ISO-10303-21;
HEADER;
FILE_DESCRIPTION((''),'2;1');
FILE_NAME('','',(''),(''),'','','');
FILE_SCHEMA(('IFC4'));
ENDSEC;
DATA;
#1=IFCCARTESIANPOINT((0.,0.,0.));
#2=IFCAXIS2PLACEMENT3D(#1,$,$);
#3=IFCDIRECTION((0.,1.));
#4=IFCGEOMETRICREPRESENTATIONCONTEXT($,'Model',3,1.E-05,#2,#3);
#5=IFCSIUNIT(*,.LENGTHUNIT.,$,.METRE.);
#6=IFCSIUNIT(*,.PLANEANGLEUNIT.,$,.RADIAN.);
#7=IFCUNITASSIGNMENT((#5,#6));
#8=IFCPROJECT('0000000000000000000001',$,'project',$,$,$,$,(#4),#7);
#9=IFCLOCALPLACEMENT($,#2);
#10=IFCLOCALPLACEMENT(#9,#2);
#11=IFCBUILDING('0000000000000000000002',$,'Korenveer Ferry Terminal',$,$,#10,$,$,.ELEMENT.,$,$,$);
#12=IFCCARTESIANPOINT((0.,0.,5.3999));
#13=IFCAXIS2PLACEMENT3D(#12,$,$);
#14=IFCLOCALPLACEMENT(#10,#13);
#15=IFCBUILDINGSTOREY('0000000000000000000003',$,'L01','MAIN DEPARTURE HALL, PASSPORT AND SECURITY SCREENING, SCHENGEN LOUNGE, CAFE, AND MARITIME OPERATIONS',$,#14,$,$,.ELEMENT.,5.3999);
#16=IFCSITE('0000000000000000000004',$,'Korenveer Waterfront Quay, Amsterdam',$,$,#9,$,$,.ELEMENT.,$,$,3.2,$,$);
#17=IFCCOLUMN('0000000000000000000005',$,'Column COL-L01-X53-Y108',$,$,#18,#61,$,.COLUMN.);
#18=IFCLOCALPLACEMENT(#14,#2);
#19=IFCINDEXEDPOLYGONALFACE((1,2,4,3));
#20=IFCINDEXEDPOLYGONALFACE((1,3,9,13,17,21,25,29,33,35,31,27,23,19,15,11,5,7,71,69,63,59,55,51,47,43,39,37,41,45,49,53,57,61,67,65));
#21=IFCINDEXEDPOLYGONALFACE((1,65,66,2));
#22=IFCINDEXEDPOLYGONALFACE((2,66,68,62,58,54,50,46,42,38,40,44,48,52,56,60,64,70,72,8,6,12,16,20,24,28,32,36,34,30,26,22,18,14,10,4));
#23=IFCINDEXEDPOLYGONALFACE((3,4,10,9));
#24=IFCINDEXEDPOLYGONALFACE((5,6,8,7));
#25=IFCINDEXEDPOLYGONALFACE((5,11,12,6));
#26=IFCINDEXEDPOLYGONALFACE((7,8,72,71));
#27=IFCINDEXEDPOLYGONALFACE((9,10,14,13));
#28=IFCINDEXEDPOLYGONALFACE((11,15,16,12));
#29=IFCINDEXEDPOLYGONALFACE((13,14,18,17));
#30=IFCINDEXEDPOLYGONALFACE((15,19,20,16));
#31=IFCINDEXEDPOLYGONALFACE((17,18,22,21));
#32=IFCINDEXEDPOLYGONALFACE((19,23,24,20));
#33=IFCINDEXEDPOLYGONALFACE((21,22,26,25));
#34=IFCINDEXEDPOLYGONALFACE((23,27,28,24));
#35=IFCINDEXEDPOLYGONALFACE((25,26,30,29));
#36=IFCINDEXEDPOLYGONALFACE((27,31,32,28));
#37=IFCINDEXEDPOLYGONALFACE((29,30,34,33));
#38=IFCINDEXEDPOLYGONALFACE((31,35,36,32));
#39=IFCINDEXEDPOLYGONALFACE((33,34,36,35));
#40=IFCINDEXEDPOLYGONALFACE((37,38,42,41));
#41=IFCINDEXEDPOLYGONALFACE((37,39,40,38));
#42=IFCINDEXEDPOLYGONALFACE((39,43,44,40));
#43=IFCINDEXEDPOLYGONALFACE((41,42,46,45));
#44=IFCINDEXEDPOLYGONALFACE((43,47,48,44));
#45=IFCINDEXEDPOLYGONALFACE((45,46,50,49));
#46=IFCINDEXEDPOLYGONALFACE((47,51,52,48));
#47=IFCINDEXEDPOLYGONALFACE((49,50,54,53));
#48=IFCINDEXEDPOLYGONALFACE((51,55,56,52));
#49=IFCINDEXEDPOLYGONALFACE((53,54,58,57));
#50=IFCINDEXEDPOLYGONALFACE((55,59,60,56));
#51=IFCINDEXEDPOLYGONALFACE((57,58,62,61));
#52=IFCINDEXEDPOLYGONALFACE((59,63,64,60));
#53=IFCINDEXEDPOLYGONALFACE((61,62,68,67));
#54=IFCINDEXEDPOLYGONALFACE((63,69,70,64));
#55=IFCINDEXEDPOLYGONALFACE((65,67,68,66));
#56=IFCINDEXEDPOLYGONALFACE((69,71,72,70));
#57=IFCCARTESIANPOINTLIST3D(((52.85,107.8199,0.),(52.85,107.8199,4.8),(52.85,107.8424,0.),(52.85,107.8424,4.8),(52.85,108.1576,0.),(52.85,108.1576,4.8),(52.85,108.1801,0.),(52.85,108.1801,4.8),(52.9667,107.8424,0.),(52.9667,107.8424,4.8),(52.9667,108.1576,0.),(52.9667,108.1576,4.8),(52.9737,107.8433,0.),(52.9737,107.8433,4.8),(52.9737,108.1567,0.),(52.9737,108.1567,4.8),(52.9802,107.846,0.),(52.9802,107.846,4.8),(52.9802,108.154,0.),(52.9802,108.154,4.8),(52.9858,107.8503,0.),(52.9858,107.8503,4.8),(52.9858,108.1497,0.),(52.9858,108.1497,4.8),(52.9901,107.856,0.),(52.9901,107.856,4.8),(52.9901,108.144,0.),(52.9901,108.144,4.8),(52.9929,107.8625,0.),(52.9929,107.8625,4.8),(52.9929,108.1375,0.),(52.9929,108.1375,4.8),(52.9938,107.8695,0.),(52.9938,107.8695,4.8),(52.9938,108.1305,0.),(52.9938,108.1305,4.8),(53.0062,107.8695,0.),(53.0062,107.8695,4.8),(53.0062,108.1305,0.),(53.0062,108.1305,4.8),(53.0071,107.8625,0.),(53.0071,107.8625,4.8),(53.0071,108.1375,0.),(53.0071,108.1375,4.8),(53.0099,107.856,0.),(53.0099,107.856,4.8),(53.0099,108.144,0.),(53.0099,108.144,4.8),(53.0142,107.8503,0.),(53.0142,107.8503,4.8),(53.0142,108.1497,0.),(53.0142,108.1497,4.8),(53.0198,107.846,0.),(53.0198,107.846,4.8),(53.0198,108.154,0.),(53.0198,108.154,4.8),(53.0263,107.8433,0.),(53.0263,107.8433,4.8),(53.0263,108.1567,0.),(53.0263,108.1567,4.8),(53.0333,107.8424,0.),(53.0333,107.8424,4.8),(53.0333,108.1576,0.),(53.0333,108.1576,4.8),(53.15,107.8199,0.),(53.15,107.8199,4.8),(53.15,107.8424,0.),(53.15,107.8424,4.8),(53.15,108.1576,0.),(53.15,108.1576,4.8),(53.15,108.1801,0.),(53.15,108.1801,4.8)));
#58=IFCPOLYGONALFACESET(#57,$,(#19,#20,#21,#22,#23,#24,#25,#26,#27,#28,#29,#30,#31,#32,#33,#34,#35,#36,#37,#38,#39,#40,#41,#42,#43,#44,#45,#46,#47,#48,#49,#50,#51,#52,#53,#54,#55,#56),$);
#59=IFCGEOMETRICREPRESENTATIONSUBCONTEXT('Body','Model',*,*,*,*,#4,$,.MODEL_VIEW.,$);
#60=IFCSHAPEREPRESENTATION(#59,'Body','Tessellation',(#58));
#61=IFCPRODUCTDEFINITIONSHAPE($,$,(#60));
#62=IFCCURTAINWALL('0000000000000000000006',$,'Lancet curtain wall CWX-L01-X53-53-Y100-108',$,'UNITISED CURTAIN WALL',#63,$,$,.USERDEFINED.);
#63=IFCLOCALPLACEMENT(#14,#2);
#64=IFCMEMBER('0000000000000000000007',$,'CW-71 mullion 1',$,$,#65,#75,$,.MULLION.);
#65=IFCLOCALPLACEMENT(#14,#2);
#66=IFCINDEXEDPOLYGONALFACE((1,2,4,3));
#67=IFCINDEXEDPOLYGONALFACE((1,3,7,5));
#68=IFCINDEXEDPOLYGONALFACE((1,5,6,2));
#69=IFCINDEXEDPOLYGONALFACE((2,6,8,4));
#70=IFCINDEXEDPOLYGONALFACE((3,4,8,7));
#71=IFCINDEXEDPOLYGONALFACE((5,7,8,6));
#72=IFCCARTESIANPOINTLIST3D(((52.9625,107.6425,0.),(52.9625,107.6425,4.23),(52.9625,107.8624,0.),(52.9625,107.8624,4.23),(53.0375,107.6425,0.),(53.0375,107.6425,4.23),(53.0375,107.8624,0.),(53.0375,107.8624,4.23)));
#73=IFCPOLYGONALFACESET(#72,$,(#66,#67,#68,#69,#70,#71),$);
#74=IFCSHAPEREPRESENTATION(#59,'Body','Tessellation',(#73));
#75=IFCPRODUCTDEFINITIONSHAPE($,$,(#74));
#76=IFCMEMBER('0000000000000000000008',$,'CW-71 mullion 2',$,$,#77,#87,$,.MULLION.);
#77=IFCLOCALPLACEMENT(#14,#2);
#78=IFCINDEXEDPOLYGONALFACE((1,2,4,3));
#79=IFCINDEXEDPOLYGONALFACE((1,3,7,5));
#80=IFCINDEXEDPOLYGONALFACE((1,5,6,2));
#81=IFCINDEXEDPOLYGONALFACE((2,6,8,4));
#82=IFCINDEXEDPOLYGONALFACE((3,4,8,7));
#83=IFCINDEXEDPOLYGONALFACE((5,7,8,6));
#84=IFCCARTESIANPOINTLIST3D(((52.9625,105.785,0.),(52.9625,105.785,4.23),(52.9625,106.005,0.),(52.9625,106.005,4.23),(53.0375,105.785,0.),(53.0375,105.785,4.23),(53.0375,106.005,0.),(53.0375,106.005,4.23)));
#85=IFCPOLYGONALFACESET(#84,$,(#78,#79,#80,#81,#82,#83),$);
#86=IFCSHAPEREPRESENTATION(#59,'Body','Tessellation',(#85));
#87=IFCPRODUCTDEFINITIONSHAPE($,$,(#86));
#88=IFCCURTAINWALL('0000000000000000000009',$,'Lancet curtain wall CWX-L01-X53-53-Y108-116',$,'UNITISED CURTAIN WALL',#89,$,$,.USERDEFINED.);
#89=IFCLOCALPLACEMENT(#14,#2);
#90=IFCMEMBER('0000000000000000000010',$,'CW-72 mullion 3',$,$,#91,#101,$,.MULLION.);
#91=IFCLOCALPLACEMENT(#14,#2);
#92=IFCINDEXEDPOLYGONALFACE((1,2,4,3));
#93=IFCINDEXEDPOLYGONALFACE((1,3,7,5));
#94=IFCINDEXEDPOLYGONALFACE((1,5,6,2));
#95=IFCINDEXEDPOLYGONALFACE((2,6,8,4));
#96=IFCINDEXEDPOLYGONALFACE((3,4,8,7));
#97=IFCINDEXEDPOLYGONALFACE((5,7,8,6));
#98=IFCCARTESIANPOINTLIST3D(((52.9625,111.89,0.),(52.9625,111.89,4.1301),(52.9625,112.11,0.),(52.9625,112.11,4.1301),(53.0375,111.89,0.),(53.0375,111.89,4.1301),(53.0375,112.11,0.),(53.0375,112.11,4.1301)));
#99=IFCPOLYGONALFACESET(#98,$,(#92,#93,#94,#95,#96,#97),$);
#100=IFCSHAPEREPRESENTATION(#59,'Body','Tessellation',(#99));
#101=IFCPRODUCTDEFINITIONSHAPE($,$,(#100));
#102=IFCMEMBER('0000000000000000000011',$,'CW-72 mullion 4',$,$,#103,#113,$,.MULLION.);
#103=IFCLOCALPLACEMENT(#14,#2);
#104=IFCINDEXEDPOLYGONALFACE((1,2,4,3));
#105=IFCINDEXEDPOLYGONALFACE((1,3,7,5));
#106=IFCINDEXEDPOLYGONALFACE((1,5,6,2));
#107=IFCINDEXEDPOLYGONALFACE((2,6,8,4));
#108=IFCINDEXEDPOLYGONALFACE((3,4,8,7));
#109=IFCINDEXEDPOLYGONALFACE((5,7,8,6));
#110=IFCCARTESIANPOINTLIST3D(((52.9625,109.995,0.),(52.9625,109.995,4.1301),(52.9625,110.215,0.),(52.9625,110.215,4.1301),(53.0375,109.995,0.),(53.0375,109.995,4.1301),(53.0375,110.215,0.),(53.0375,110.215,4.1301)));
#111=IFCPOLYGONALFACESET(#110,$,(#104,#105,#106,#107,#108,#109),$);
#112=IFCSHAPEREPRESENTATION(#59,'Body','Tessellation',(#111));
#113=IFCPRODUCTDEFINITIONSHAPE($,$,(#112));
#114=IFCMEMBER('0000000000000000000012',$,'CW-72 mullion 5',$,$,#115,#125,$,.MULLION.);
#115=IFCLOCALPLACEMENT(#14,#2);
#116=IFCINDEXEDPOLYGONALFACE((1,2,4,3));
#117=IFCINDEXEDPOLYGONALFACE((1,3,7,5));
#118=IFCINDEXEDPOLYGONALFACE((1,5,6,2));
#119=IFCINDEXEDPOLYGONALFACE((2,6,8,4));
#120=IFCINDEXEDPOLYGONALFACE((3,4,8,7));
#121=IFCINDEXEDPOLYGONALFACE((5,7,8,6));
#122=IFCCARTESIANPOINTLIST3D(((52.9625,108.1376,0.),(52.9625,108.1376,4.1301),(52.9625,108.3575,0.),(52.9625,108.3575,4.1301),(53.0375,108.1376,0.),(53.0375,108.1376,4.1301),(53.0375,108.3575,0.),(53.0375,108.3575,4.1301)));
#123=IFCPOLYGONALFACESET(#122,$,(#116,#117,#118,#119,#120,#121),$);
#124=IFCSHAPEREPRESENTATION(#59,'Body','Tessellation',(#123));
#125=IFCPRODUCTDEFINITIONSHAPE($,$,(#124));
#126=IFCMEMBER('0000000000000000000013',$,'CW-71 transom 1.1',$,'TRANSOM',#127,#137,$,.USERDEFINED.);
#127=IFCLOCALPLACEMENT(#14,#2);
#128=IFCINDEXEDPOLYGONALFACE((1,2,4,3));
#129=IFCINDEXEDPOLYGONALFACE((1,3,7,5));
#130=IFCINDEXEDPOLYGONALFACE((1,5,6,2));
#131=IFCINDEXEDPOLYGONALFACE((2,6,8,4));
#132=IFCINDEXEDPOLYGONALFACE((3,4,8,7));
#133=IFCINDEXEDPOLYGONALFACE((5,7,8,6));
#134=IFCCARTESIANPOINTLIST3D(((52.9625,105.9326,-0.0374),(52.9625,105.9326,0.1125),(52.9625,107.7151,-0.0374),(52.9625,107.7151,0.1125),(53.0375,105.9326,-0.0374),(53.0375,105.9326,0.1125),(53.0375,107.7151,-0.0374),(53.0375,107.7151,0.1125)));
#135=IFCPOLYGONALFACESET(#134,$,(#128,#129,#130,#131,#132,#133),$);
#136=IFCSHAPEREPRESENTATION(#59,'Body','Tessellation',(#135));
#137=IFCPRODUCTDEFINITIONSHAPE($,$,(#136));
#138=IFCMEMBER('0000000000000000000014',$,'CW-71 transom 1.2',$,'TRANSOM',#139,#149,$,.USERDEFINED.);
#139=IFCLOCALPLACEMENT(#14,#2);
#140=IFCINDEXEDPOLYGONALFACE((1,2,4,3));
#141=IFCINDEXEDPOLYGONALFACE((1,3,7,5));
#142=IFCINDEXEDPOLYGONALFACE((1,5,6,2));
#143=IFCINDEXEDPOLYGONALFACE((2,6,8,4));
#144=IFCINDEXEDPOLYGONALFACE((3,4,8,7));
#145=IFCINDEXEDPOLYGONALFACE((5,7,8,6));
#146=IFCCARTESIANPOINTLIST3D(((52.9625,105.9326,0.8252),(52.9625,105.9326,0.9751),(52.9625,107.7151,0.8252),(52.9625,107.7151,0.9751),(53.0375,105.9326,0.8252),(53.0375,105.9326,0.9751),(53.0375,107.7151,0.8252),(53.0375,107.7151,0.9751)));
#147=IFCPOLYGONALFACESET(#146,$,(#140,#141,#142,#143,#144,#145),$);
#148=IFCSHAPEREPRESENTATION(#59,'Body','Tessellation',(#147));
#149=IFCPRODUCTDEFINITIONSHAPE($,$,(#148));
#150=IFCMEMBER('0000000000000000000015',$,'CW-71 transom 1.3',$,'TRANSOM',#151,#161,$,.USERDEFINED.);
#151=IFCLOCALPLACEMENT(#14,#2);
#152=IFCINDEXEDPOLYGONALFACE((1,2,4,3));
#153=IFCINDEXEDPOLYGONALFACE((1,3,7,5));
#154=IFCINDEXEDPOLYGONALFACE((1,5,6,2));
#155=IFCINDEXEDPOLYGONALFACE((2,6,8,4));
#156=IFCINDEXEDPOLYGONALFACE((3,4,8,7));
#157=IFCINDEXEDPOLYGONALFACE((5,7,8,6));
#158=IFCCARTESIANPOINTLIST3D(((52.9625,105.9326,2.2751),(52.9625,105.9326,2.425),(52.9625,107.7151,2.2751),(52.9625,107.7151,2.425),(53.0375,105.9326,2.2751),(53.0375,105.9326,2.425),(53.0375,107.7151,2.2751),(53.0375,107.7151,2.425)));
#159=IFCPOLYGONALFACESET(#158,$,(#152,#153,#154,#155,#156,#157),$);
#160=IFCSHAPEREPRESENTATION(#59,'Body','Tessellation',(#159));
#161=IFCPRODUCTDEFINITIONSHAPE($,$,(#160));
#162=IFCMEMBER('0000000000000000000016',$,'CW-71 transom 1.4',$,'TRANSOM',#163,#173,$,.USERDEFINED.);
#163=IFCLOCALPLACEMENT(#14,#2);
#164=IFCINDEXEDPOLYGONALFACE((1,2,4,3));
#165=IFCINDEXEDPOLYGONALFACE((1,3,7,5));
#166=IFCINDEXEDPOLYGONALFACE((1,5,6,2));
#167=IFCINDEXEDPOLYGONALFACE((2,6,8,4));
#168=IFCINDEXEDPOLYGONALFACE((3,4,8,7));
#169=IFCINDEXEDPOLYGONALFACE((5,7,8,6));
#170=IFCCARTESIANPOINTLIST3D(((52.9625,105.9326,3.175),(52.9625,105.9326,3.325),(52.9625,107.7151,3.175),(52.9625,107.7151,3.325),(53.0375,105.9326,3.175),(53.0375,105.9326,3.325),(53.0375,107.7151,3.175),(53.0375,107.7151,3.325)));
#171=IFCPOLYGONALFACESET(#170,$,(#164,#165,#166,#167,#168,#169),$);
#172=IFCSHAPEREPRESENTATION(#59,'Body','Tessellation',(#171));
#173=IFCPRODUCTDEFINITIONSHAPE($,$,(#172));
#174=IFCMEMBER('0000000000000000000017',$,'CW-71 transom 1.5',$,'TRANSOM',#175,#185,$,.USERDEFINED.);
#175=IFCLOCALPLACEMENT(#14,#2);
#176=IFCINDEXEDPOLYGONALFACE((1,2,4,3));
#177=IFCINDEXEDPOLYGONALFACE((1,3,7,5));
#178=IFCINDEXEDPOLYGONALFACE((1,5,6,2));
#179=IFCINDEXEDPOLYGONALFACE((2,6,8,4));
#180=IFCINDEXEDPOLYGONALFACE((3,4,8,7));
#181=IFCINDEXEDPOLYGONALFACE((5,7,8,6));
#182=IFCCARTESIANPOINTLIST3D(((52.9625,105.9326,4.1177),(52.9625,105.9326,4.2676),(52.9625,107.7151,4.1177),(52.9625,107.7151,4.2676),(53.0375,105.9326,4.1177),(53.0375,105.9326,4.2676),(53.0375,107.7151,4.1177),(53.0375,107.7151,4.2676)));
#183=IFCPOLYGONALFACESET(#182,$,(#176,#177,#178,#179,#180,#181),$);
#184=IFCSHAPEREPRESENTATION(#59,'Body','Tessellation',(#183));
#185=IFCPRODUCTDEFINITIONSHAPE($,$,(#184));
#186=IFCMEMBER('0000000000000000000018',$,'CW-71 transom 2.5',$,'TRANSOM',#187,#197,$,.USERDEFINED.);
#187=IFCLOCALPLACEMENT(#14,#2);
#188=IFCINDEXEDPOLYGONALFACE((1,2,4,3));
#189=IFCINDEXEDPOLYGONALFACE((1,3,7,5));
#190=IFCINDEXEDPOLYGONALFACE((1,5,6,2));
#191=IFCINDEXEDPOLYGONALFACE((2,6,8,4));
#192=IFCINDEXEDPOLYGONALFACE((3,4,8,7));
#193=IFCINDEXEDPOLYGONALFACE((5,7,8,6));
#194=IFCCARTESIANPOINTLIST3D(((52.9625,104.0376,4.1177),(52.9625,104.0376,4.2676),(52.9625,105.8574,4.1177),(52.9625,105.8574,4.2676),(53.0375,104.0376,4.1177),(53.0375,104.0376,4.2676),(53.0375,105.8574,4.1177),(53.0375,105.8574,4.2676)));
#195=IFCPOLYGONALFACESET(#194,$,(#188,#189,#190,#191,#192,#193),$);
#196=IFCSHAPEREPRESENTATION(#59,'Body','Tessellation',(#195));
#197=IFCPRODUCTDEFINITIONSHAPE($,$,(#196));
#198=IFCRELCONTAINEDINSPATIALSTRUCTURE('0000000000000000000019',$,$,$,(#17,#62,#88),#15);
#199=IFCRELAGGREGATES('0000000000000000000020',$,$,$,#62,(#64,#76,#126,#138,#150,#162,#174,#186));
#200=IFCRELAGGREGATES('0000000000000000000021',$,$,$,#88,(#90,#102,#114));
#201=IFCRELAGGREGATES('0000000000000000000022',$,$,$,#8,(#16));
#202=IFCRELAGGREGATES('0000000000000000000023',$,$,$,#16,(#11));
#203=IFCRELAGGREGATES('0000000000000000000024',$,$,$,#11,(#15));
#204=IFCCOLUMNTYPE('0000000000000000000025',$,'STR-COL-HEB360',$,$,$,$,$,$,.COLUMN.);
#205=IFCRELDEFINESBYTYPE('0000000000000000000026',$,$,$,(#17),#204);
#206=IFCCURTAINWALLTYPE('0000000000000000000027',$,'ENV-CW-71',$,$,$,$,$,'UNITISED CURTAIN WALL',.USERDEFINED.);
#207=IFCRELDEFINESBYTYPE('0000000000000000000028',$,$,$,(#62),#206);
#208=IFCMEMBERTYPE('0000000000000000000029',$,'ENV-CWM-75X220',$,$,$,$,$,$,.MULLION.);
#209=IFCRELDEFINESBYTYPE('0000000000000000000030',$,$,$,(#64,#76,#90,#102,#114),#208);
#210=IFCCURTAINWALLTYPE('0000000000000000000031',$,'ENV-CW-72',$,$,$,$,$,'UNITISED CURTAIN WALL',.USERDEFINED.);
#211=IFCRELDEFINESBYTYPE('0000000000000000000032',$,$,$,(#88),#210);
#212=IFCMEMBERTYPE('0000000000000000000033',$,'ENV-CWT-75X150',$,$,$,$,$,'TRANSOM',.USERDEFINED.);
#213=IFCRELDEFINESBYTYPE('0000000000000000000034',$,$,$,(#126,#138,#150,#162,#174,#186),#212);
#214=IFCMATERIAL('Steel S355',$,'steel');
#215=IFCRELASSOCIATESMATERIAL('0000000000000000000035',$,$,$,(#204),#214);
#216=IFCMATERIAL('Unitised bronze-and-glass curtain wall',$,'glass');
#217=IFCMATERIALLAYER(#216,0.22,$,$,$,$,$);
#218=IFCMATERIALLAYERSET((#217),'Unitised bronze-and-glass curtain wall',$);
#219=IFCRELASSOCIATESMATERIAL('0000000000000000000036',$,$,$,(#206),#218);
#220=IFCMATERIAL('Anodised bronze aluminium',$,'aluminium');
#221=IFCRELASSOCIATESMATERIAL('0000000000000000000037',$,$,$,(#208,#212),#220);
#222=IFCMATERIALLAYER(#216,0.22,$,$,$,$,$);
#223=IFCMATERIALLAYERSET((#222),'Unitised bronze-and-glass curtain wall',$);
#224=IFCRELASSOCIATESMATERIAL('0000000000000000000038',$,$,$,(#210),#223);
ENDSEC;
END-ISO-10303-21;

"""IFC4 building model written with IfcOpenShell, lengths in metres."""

from ifc_helpers import new_model, si_unit, direction, frame, origin, origin_2d, place, context, subcontext, project, spatial, rectangle, i_section, extrude, material, layer, layer_set, material_profile, profile_set, type_object, element, aggregate, save


model = new_model("IFC4")

# Units and contexts
model_context = context("Model", 3, precision=1e-05, world=origin(), true_north=direction((0.0, 1.0)))
body_context = subcontext(model_context, "Body", "Model", "MODEL_VIEW")
ifc_project = project(units=[si_unit("LENGTHUNIT", "METRE"), si_unit("PLANEANGLEUNIT", "RADIAN")], contexts=[model_context])

# Site, building, storey
site_placement = place(None, origin())
site = spatial("IfcSite", under=ifc_project, at=site_placement, Name="Korenveer Waterfront Quay, Amsterdam", CompositionType="ELEMENT", RefElevation=3.2)
building_placement = place(site_placement, origin())
building = spatial("IfcBuilding", under=site, at=building_placement, Name="Korenveer Ferry Terminal", CompositionType="ELEMENT")
storey_placement = place(building_placement, frame((0.0, 0.0, 5.3999)))
storey = spatial("IfcBuildingStorey", under=building, at=storey_placement, Name="L01", Description="MAIN DEPARTURE HALL, PASSPORT AND SECURITY SCREENING, SCHENGEN LOUNGE, CAFE, AND MARITIME OPERATIONS", CompositionType="ELEMENT", Elevation=5.3999)

# Column
ifc_material_1 = material(Name="Steel S355", Category="steel")
ifc_material_profile_1 = material_profile(ifc_material_1, i_section(OverallWidth=0.3, OverallDepth=0.3601, WebThickness=0.0125, FlangeThickness=0.0225, FilletRadius=0.0271, at=origin_2d()), Name="HEB 360")
ifc_profile_set_1 = profile_set([ifc_material_profile_1], Name="Steel S355")
column_type = type_object("IfcColumnType", Name="STR-COL-HEB360", PredefinedType="COLUMN", material=ifc_profile_set_1)
column_placement = place(storey_placement, frame((53.0, 108.0, 0.0), z_axis=(0.0, 0.0, 1.0), x_axis=(1.0, 0.0, 0.0)))
element("IfcColumn", 1, at=column_placement, inside=storey, type_object=column_type, Name="Column COL-L01-X53-Y108", PredefinedType="COLUMN", context=body_context, shape_type="SweptSolid", body=[
    extrude(i_section(OverallWidth=0.3, OverallDepth=0.3601, WebThickness=0.0125, FlangeThickness=0.0225, FilletRadius=0.0271, at=origin_2d()), origin(), (0.0, 0.0, 1.0), 4.8),
])

# Curtain walls, members
ifc_material_2 = material(Name="Unitised bronze-and-glass curtain wall", Category="glass")
ifc_layer_1 = layer(ifc_material_2, 0.22)
ifc_layer_set_1 = layer_set([ifc_layer_1], Name="Unitised bronze-and-glass curtain wall")
curtain_wall_type_1 = type_object("IfcCurtainWallType", Name="ENV-CW-71", ElementType="UNITISED CURTAIN WALL", PredefinedType="USERDEFINED", material=ifc_layer_set_1)
curtain_wall_1_placement = place(storey_placement, frame((53.0, 107.79, 0.0)))
curtain_wall_1 = element("IfcCurtainWall", 2, at=curtain_wall_1_placement, inside=storey, type_object=curtain_wall_type_1, Name="Lancet curtain wall CWX-L01-X53-53-Y100-108", ObjectType="UNITISED CURTAIN WALL", PredefinedType="USERDEFINED")
ifc_material_3 = material(Name="Anodised bronze aluminium", Category="aluminium")
ifc_material_profile_2 = material_profile(ifc_material_3, rectangle(XDim=0.075, YDim=0.22, at=origin_2d()), Name="ALU 75x220")
ifc_profile_set_2 = profile_set([ifc_material_profile_2], Name="Anodised bronze aluminium")
member_type_1 = type_object("IfcMemberType", Name="ENV-CWM-75X220", PredefinedType="MULLION", material=ifc_profile_set_2)
member_1_placement = place(storey_placement, frame((53.0, 107.7524, 0.0), z_axis=(0.0, 0.0, 1.0), x_axis=(1.0, 0.0, 0.0)))
member_1 = element("IfcMember", 3, at=member_1_placement, type_object=member_type_1, Name="CW-71 mullion 1", PredefinedType="MULLION", context=body_context, shape_type="SweptSolid", body=[
    extrude(rectangle(XDim=0.075, YDim=0.22, at=origin_2d()), origin(), (0.0, 0.0, 1.0), 4.23),
])
member_2_placement = place(storey_placement, frame((53.0, 105.895, 0.0), z_axis=(0.0, 0.0, 1.0), x_axis=(1.0, 0.0, 0.0)))
member_2 = element("IfcMember", 4, at=member_2_placement, type_object=member_type_1, Name="CW-71 mullion 2", PredefinedType="MULLION", context=body_context, shape_type="SweptSolid", body=[
    extrude(rectangle(XDim=0.075, YDim=0.22, at=origin_2d()), origin(), (0.0, 0.0, 1.0), 4.23),
])
ifc_layer_2 = layer(ifc_material_2, 0.22)
ifc_layer_set_2 = layer_set([ifc_layer_2], Name="Unitised bronze-and-glass curtain wall")
curtain_wall_type_2 = type_object("IfcCurtainWallType", Name="ENV-CW-72", ElementType="UNITISED CURTAIN WALL", PredefinedType="USERDEFINED", material=ifc_layer_set_2)
curtain_wall_2_placement = place(storey_placement, frame((53.0, 115.79, 0.0)))
curtain_wall_2 = element("IfcCurtainWall", 5, at=curtain_wall_2_placement, inside=storey, type_object=curtain_wall_type_2, Name="Lancet curtain wall CWX-L01-X53-53-Y108-116", ObjectType="UNITISED CURTAIN WALL", PredefinedType="USERDEFINED")
member_3_placement = place(storey_placement, frame((53.0, 112.0, 0.0), z_axis=(0.0, 0.0, 1.0), x_axis=(1.0, 0.0, 0.0)))
member_3 = element("IfcMember", 6, at=member_3_placement, type_object=member_type_1, Name="CW-72 mullion 3", PredefinedType="MULLION", context=body_context, shape_type="SweptSolid", body=[
    extrude(rectangle(XDim=0.075, YDim=0.22, at=origin_2d()), origin(), (0.0, 0.0, 1.0), 4.1301),
])
member_4_placement = place(storey_placement, frame((53.0, 110.105, 0.0), z_axis=(0.0, 0.0, 1.0), x_axis=(1.0, 0.0, 0.0)))
member_4 = element("IfcMember", 7, at=member_4_placement, type_object=member_type_1, Name="CW-72 mullion 4", PredefinedType="MULLION", context=body_context, shape_type="SweptSolid", body=[
    extrude(rectangle(XDim=0.075, YDim=0.22, at=origin_2d()), origin(), (0.0, 0.0, 1.0), 4.1301),
])
member_5_placement = place(storey_placement, frame((53.0, 108.2476, 0.0), z_axis=(0.0, 0.0, 1.0), x_axis=(1.0, 0.0, 0.0)))
member_5 = element("IfcMember", 8, at=member_5_placement, type_object=member_type_1, Name="CW-72 mullion 5", PredefinedType="MULLION", context=body_context, shape_type="SweptSolid", body=[
    extrude(rectangle(XDim=0.075, YDim=0.22, at=origin_2d()), origin(), (0.0, 0.0, 1.0), 4.1301),
])

# Members
ifc_material_profile_3 = material_profile(ifc_material_3, rectangle(XDim=0.075, YDim=0.1499, at=origin_2d()), Name="ALU 75x150")
ifc_profile_set_3 = profile_set([ifc_material_profile_3], Name="Anodised bronze aluminium")
member_type_2 = type_object("IfcMemberType", Name="ENV-CWT-75X150", ElementType="TRANSOM", PredefinedType="USERDEFINED", material=ifc_profile_set_3)
member_6_placement = place(storey_placement, frame((53.0, 107.7151, 0.0376), z_axis=(0.0, -1.0, 0.0), x_axis=(1.0, 0.0, 0.0)))
member_6 = element("IfcMember", 9, at=member_6_placement, type_object=member_type_2, Name="CW-71 transom 1.1", ObjectType="TRANSOM", PredefinedType="USERDEFINED", context=body_context, shape_type="SweptSolid", body=[
    extrude(rectangle(XDim=0.075, YDim=0.1499, at=origin_2d()), origin(), (0.0, 0.0, 1.0), 1.7825),
])
member_7_placement = place(storey_placement, frame((53.0, 107.7151, 0.9001), z_axis=(0.0, -1.0, 0.0), x_axis=(1.0, 0.0, 0.0)))
member_7 = element("IfcMember", 10, at=member_7_placement, type_object=member_type_2, Name="CW-71 transom 1.2", ObjectType="TRANSOM", PredefinedType="USERDEFINED", context=body_context, shape_type="SweptSolid", body=[
    extrude(rectangle(XDim=0.075, YDim=0.1499, at=origin_2d()), origin(), (0.0, 0.0, 1.0), 1.7825),
])
member_8_placement = place(storey_placement, frame((53.0, 107.7151, 2.3501), z_axis=(0.0, -1.0, 0.0), x_axis=(1.0, 0.0, 0.0)))
member_8 = element("IfcMember", 11, at=member_8_placement, type_object=member_type_2, Name="CW-71 transom 1.3", ObjectType="TRANSOM", PredefinedType="USERDEFINED", context=body_context, shape_type="SweptSolid", body=[
    extrude(rectangle(XDim=0.075, YDim=0.1499, at=origin_2d()), origin(), (0.0, 0.0, 1.0), 1.7825),
])
member_9_placement = place(storey_placement, frame((53.0, 107.7151, 3.25), z_axis=(0.0, -1.0, 0.0), x_axis=(1.0, 0.0, 0.0)))
member_9 = element("IfcMember", 12, at=member_9_placement, type_object=member_type_2, Name="CW-71 transom 1.4", ObjectType="TRANSOM", PredefinedType="USERDEFINED", context=body_context, shape_type="SweptSolid", body=[
    extrude(rectangle(XDim=0.075, YDim=0.1499, at=origin_2d()), origin(), (0.0, 0.0, 1.0), 1.7825),
])
member_10_placement = place(storey_placement, frame((53.0, 107.7151, 4.1926), z_axis=(0.0, -1.0, 0.0), x_axis=(1.0, 0.0, 0.0)))
member_10 = element("IfcMember", 13, at=member_10_placement, type_object=member_type_2, Name="CW-71 transom 1.5", ObjectType="TRANSOM", PredefinedType="USERDEFINED", context=body_context, shape_type="SweptSolid", body=[
    extrude(rectangle(XDim=0.075, YDim=0.1499, at=origin_2d()), origin(), (0.0, 0.0, 1.0), 1.7825),
])
member_11_placement = place(storey_placement, frame((53.0, 105.8574, 4.1926), z_axis=(0.0, -1.0, 0.0), x_axis=(1.0, 0.0, 0.0)))
member_11 = element("IfcMember", 14, at=member_11_placement, type_object=member_type_2, Name="CW-71 transom 2.5", ObjectType="TRANSOM", PredefinedType="USERDEFINED", context=body_context, shape_type="SweptSolid", body=[
    extrude(rectangle(XDim=0.075, YDim=0.1499, at=origin_2d()), origin(), (0.0, 0.0, 1.0), 1.8198),
])

aggregate(curtain_wall_1, [member_1, member_2, member_6, member_7, member_8, member_9, member_10, member_11])
aggregate(curtain_wall_2, [member_3, member_4, member_5])

save(model, "model.ifc")
